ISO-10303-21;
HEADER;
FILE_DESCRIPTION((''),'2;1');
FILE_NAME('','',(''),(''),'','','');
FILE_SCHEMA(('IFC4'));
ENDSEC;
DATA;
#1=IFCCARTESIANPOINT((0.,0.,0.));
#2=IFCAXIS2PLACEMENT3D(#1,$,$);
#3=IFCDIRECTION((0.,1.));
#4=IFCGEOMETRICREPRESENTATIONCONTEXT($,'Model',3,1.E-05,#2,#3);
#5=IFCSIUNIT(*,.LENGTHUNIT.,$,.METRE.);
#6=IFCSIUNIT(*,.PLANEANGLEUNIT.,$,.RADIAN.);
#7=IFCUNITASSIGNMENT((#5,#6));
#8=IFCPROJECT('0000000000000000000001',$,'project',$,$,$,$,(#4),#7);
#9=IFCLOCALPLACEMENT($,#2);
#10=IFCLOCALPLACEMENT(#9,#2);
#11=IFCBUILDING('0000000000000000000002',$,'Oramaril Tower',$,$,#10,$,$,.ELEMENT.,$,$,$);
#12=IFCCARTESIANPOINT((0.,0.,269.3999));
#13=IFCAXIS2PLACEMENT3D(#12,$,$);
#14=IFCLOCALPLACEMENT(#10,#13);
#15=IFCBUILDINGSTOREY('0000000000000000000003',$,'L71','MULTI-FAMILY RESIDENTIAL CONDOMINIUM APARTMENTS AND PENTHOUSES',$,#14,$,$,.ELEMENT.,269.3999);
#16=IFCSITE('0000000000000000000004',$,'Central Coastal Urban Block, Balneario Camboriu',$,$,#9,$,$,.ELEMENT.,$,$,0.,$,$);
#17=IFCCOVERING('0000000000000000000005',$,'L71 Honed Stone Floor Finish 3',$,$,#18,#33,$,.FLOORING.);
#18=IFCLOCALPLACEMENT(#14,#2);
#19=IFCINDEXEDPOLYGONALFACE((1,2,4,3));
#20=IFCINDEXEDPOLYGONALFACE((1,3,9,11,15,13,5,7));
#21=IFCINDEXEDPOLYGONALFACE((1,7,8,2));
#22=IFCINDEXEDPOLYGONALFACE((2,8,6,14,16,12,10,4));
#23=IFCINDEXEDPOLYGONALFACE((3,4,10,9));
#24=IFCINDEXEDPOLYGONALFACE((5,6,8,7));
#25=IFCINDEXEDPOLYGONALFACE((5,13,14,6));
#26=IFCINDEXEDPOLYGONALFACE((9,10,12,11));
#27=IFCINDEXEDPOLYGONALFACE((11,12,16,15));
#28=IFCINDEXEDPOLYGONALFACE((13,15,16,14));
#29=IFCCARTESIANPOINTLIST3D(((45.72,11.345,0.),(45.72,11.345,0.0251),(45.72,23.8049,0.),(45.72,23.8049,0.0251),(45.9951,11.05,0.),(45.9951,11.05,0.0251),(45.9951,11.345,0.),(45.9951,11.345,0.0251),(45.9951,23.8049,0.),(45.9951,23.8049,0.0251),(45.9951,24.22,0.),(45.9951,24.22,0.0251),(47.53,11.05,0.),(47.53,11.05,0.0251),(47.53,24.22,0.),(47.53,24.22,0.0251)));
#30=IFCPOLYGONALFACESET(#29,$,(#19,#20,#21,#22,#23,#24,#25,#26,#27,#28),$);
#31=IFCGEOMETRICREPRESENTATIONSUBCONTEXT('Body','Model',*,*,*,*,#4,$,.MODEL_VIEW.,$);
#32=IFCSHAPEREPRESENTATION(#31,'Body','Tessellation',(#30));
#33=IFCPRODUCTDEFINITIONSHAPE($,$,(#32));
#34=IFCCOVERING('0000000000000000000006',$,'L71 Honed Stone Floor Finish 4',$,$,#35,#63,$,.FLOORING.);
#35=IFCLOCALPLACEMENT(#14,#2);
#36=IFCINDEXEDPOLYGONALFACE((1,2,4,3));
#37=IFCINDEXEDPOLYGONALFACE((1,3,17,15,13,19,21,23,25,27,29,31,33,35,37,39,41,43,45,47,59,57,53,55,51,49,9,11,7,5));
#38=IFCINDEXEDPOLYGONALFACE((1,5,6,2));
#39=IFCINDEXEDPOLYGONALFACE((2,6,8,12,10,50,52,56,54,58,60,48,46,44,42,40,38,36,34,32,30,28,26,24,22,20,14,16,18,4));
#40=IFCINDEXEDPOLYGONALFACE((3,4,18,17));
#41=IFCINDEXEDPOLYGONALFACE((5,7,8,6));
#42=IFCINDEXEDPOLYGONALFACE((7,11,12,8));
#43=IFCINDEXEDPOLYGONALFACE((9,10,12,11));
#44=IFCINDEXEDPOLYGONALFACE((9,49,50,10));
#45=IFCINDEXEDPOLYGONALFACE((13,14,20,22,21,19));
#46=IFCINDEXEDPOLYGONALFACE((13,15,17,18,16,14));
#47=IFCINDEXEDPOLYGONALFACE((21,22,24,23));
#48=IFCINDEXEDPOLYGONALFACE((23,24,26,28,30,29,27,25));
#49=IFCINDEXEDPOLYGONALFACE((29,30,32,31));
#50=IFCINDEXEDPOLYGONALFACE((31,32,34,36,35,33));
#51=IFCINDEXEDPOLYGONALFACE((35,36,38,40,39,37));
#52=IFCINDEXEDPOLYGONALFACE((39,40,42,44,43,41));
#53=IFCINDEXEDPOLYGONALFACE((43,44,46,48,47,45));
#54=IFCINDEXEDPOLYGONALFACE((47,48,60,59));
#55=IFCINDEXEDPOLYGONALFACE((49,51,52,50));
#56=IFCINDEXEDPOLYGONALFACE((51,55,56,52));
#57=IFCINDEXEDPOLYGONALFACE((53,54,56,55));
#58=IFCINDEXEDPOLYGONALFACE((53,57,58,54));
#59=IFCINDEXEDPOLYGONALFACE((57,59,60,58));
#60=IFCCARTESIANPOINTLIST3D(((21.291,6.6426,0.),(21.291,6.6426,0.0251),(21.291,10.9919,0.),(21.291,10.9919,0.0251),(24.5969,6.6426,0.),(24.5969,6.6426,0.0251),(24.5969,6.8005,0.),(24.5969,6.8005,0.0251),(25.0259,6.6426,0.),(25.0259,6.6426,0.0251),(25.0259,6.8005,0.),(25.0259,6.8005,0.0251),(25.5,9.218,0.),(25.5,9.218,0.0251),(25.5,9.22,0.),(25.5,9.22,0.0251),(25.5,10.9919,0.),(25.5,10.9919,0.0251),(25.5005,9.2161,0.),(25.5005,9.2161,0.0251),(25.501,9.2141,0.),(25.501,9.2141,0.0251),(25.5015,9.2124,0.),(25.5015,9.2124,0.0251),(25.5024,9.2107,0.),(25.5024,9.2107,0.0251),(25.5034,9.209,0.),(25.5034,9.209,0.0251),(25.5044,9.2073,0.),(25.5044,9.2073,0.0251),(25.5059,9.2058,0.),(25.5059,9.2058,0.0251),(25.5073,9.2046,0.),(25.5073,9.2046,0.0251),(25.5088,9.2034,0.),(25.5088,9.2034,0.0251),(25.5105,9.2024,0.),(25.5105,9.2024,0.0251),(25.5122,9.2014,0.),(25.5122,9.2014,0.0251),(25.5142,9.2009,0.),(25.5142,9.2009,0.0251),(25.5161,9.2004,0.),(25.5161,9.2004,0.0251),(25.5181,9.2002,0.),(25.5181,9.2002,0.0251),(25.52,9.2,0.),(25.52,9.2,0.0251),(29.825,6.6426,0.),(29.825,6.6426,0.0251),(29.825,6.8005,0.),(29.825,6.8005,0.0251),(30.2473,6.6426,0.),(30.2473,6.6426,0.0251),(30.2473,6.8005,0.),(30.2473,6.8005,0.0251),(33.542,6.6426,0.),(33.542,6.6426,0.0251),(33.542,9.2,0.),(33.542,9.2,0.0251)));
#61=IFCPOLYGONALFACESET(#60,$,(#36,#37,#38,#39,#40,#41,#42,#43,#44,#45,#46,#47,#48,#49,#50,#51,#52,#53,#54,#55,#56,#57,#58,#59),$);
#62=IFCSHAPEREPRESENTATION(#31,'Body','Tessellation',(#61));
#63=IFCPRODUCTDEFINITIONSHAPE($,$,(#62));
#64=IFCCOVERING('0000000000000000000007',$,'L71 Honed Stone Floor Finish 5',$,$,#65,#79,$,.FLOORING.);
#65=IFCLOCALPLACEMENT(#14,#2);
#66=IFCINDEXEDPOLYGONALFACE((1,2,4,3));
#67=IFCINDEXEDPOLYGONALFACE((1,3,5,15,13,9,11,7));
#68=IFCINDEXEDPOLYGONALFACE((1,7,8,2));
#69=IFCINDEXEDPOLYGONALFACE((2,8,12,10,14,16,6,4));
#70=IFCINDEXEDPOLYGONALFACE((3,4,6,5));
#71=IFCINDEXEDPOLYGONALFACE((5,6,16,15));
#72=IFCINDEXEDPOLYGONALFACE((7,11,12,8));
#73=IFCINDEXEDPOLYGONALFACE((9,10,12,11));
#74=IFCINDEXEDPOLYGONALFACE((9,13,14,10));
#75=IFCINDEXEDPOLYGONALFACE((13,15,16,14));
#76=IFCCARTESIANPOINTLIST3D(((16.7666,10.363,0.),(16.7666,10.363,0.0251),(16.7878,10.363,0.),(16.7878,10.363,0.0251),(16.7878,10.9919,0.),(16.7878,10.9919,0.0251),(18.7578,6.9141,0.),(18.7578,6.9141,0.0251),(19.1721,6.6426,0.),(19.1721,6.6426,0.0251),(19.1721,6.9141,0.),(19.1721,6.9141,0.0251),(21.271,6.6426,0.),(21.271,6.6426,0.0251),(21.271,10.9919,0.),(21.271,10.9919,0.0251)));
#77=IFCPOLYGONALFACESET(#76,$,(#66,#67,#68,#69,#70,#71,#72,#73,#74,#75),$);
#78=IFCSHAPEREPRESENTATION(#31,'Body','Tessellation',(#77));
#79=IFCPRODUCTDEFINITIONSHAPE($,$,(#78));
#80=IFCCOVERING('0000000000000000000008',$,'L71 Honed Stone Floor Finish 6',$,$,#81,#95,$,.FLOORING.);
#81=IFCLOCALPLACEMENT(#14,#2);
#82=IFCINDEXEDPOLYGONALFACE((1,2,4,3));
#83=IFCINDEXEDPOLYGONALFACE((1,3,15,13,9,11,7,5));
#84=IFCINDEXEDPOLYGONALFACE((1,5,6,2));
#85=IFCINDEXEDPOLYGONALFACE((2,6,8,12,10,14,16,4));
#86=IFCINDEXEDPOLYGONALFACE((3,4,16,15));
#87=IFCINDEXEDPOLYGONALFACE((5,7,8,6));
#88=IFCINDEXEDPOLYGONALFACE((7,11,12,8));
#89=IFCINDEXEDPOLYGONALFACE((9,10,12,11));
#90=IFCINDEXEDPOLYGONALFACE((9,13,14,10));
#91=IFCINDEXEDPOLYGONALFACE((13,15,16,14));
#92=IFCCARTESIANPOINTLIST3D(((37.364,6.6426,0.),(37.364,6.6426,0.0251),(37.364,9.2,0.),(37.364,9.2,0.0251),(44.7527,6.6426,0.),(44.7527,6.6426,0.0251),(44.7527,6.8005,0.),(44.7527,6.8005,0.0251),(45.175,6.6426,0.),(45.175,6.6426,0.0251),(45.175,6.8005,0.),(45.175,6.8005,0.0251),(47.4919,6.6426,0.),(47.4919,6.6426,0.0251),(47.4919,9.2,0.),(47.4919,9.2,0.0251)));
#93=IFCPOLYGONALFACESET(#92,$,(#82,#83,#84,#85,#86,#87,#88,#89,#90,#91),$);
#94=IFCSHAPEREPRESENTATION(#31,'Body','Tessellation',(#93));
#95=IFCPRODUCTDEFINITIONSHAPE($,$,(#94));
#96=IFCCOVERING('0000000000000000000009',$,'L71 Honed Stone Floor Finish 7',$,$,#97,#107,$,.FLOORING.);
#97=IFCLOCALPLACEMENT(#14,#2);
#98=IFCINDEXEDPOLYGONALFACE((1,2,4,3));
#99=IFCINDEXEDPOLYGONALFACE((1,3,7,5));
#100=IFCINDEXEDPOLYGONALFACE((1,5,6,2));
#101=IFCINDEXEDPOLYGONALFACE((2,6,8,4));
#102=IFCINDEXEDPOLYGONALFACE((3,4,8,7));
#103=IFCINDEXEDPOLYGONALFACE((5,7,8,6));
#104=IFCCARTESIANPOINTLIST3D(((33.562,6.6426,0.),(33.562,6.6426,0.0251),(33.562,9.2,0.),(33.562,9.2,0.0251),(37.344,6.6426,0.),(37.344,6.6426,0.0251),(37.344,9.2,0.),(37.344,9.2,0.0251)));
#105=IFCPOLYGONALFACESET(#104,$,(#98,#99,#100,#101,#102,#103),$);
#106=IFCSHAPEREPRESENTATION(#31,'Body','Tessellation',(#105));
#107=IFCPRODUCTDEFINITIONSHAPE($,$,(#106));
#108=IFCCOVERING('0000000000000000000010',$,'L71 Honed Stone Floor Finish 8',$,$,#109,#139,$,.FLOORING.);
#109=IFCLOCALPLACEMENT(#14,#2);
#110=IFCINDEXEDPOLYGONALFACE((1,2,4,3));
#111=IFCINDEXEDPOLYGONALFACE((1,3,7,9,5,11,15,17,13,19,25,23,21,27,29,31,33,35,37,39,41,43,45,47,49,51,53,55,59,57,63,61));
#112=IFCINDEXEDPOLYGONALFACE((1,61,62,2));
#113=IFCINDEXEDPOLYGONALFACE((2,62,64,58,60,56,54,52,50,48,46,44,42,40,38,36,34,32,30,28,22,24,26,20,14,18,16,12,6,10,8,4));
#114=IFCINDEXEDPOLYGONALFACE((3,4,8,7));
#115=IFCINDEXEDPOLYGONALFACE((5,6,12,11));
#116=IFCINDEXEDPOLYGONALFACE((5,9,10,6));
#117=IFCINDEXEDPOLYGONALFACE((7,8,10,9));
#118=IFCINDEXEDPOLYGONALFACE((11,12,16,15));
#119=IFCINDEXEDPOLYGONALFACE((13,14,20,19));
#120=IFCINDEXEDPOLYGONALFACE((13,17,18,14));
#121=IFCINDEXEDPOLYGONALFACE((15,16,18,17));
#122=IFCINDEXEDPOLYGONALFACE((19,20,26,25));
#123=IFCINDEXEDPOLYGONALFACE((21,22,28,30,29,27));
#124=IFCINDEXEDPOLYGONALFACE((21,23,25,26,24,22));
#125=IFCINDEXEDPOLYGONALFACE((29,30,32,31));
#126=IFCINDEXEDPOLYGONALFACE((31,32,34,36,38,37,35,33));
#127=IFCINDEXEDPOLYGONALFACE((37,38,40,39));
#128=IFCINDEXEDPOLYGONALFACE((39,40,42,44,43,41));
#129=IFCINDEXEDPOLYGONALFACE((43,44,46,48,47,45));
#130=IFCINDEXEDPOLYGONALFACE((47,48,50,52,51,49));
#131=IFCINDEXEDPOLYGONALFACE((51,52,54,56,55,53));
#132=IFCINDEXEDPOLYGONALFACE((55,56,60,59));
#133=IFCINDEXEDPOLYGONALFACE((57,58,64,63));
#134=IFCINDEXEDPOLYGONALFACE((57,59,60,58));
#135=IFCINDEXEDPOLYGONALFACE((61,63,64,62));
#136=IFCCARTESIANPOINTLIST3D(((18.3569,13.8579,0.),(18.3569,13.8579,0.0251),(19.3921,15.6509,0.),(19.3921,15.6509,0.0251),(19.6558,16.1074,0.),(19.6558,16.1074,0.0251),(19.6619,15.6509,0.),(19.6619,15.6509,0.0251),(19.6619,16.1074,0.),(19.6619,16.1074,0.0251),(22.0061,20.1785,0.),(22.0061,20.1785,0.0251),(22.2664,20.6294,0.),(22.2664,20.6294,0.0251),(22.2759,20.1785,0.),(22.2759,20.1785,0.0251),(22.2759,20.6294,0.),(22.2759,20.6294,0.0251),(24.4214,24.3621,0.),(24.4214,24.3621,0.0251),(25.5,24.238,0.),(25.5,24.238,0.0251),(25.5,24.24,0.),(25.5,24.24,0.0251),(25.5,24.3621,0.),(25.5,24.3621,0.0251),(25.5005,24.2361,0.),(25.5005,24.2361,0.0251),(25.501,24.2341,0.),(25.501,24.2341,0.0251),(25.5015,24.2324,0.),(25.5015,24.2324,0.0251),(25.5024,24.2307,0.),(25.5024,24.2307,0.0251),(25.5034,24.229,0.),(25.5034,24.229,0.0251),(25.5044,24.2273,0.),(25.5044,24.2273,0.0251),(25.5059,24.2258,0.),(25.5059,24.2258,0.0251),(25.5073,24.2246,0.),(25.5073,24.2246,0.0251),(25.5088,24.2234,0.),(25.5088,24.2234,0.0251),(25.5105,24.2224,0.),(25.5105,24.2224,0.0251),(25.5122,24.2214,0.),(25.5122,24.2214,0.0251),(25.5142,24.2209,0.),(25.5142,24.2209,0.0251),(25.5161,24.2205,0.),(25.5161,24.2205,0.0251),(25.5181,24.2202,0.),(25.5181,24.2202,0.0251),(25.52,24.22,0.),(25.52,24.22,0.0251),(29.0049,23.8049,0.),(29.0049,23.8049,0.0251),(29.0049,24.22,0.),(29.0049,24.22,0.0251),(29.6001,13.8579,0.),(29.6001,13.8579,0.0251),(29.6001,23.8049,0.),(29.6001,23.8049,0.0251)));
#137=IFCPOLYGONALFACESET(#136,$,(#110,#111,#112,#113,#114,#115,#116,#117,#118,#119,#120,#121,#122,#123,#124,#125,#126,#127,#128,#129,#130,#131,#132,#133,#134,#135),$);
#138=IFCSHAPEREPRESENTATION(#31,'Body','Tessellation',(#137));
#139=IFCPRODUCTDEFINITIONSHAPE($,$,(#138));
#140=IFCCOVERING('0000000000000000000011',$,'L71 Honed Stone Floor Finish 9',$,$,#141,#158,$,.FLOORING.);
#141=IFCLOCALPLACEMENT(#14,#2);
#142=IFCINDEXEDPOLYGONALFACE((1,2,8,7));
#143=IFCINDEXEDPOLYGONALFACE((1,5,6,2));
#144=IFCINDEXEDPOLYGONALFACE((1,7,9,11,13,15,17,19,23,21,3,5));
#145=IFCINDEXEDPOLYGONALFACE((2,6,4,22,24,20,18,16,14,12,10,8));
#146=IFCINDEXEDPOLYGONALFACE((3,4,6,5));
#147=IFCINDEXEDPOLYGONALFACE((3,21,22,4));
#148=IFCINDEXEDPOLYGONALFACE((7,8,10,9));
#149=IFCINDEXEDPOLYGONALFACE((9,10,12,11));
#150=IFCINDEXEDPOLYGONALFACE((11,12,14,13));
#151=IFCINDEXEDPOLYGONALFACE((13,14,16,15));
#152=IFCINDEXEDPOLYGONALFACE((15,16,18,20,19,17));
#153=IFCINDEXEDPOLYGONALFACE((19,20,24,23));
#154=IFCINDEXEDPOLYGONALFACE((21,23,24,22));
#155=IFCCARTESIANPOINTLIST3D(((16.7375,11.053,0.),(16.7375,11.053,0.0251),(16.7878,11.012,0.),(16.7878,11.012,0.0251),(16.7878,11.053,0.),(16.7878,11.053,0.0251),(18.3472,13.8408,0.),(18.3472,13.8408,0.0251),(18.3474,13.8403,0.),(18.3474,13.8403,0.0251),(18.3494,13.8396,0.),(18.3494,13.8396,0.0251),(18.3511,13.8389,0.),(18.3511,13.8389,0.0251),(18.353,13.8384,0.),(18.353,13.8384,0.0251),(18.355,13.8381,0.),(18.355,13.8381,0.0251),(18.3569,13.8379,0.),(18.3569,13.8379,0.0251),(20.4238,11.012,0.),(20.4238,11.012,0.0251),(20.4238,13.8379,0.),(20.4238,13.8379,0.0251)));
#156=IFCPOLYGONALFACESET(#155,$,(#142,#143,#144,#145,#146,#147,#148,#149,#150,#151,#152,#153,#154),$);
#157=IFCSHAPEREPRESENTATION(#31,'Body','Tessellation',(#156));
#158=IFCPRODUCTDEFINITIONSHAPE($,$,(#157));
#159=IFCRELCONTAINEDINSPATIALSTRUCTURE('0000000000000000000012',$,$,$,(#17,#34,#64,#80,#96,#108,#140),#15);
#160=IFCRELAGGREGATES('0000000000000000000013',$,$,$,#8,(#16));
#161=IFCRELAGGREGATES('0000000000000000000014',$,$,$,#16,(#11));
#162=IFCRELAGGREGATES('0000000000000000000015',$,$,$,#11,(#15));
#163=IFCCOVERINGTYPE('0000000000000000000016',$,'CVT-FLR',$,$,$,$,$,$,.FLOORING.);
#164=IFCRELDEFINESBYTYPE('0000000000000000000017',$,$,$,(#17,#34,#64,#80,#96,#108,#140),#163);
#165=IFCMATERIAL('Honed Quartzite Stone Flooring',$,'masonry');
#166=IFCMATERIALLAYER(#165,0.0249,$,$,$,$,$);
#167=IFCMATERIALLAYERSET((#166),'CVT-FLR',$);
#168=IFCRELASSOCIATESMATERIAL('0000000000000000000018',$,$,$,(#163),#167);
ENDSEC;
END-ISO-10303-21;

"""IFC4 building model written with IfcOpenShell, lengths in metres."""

from ifc_helpers import new_model, si_unit, direction, frame, origin, place, context, subcontext, project, spatial, polyline, outline, extrude, material, layer, layer_set, type_object, element, save


model = new_model("IFC4")

# Units and contexts
model_context = context("Model", 3, precision=1e-05, world=origin(), true_north=direction((0.0, 1.0)))
body_context = subcontext(model_context, "Body", "Model", "MODEL_VIEW")
ifc_project = project(units=[si_unit("LENGTHUNIT", "METRE"), si_unit("PLANEANGLEUNIT", "RADIAN")], contexts=[model_context])

# Site, building, storey
site_placement = place(None, origin())
site = spatial("IfcSite", under=ifc_project, at=site_placement, Name="Central Coastal Urban Block, Balneario Camboriu", CompositionType="ELEMENT", RefElevation=0.0)
building_placement = place(site_placement, origin())
building = spatial("IfcBuilding", under=site, at=building_placement, Name="Oramaril Tower", CompositionType="ELEMENT")
storey_placement = place(building_placement, frame((0.0, 0.0, 269.3999)))
storey = spatial("IfcBuildingStorey", under=building, at=storey_placement, Name="L71", Description="MULTI-FAMILY RESIDENTIAL CONDOMINIUM APARTMENTS AND PENTHOUSES", CompositionType="ELEMENT", Elevation=269.3999)

# Coverings
ifc_material_1 = material(Name="Honed Quartzite Stone Flooring", Category="masonry")
ifc_layer_1 = layer(ifc_material_1, 0.0249)
ifc_layer_set_1 = layer_set([ifc_layer_1], Name="CVT-FLR")
covering_type_1 = type_object("IfcCoveringType", Name="CVT-FLR", PredefinedType="FLOORING", material=ifc_layer_set_1)
covering_1_placement = place(storey_placement, origin())
element("IfcCovering", 1, at=covering_1_placement, inside=storey, type_object=covering_type_1, Name="L71 Honed Stone Floor Finish 3", PredefinedType="FLOORING", context=body_context, shape_type="SweptSolid", body=[
    extrude(outline(polyline([(47.53, 11.05), (45.9951, 11.05), (45.9951, 11.345), (45.72, 11.345), (45.72, 23.8049), (45.9951, 23.8049), (45.9951, 24.22), (47.53, 24.22), (47.53, 11.05)])), origin(), (0.0, 0.0, 1.0), 0.0251),
])
covering_2_placement = place(storey_placement, origin())
element("IfcCovering", 2, at=covering_2_placement, inside=storey, type_object=covering_type_1, Name="L71 Honed Stone Floor Finish 4", PredefinedType="FLOORING", context=body_context, shape_type="SweptSolid", body=[
    extrude(outline(polyline([(33.542, 6.6426), (30.2473, 6.6426), (30.2473, 6.8005), (29.825, 6.8005), (29.825, 6.6426), (25.0259, 6.6426), (25.0259, 6.8005), (24.5969, 6.8005), (24.5969, 6.6426), (21.291, 6.6426), (21.291, 10.9919), (25.5, 10.9919), (25.5, 9.22), (25.5, 9.218), (25.5005, 9.2161), (25.501, 9.2141), (25.5015, 9.2124), (25.5024, 9.2107), (25.5034, 9.209), (25.5044, 9.2073), (25.5059, 9.2058), (25.5073, 9.2046), (25.5088, 9.2034), (25.5105, 9.2024), (25.5122, 9.2014), (25.5142, 9.2009), (25.5161, 9.2004), (25.5181, 9.2002), (25.52, 9.2), (33.542, 9.2), (33.542, 6.6426)])), origin(), (0.0, 0.0, 1.0), 0.0251),
])
covering_3_placement = place(storey_placement, origin())
element("IfcCovering", 3, at=covering_3_placement, inside=storey, type_object=covering_type_1, Name="L71 Honed Stone Floor Finish 5", PredefinedType="FLOORING", context=body_context, shape_type="SweptSolid", body=[
    extrude(outline(polyline([(19.1721, 6.6426), (19.1721, 6.9141), (18.7578, 6.9141), (16.7666, 10.363), (16.7878, 10.363), (16.7878, 10.9919), (21.271, 10.9919), (21.271, 6.6426), (19.1721, 6.6426)])), origin(), (0.0, 0.0, 1.0), 0.0251),
])
covering_4_placement = place(storey_placement, origin())
element("IfcCovering", 4, at=covering_4_placement, inside=storey, type_object=covering_type_1, Name="L71 Honed Stone Floor Finish 6", PredefinedType="FLOORING", context=body_context, shape_type="SweptSolid", body=[
    extrude(outline(polyline([(45.175, 6.8005), (44.7527, 6.8005), (44.7527, 6.6426), (37.364, 6.6426), (37.364, 9.2), (47.4919, 9.2), (47.4919, 6.6426), (45.175, 6.6426), (45.175, 6.8005)])), origin(), (0.0, 0.0, 1.0), 0.0251),
])
covering_5_placement = place(storey_placement, origin())
element("IfcCovering", 5, at=covering_5_placement, inside=storey, type_object=covering_type_1, Name="L71 Honed Stone Floor Finish 7", PredefinedType="FLOORING", context=body_context, shape_type="SweptSolid", body=[
    extrude(outline(polyline([(33.562, 6.6426), (33.562, 9.2), (37.344, 9.2), (37.344, 6.6426), (33.562, 6.6426)])), origin(), (0.0, 0.0, 1.0), 0.0251),
])
covering_6_placement = place(storey_placement, origin())
element("IfcCovering", 6, at=covering_6_placement, inside=storey, type_object=covering_type_1, Name="L71 Honed Stone Floor Finish 8", PredefinedType="FLOORING", context=body_context, shape_type="SweptSolid", body=[
    extrude(outline(polyline([(19.3921, 15.6509), (19.6619, 15.6509), (19.6619, 16.1074), (19.6558, 16.1074), (22.0061, 20.1785), (22.2759, 20.1785), (22.2759, 20.6294), (22.2664, 20.6294), (24.4214, 24.3621), (25.5, 24.3621), (25.5, 24.24), (25.5, 24.238), (25.5005, 24.2361), (25.501, 24.2341), (25.5015, 24.2324), (25.5024, 24.2307), (25.5034, 24.229), (25.5044, 24.2273), (25.5059, 24.2258), (25.5073, 24.2246), (25.5088, 24.2234), (25.5105, 24.2224), (25.5122, 24.2214), (25.5142, 24.2209), (25.5161, 24.2205), (25.5181, 24.2202), (25.52, 24.22), (29.0049, 24.22), (29.0049, 23.8049), (29.6001, 23.8049), (29.6001, 13.8579), (18.3569, 13.8579), (19.3921, 15.6509)])), origin(), (0.0, 0.0, 1.0), 0.0251),
])
covering_7_placement = place(storey_placement, origin())
element("IfcCovering", 7, at=covering_7_placement, inside=storey, type_object=covering_type_1, Name="L71 Honed Stone Floor Finish 9", PredefinedType="FLOORING", context=body_context, shape_type="SweptSolid", body=[
    extrude(outline(polyline([(20.4238, 11.012), (16.7878, 11.012), (16.7878, 11.053), (16.7375, 11.053), (18.3472, 13.8408), (18.3474, 13.8403), (18.3494, 13.8396), (18.3511, 13.8389), (18.353, 13.8384), (18.355, 13.8381), (18.3569, 13.8379), (20.4238, 13.8379), (20.4238, 11.012)])), origin(), (0.0, 0.0, 1.0), 0.0251),
])

save(model, "model.ifc")
